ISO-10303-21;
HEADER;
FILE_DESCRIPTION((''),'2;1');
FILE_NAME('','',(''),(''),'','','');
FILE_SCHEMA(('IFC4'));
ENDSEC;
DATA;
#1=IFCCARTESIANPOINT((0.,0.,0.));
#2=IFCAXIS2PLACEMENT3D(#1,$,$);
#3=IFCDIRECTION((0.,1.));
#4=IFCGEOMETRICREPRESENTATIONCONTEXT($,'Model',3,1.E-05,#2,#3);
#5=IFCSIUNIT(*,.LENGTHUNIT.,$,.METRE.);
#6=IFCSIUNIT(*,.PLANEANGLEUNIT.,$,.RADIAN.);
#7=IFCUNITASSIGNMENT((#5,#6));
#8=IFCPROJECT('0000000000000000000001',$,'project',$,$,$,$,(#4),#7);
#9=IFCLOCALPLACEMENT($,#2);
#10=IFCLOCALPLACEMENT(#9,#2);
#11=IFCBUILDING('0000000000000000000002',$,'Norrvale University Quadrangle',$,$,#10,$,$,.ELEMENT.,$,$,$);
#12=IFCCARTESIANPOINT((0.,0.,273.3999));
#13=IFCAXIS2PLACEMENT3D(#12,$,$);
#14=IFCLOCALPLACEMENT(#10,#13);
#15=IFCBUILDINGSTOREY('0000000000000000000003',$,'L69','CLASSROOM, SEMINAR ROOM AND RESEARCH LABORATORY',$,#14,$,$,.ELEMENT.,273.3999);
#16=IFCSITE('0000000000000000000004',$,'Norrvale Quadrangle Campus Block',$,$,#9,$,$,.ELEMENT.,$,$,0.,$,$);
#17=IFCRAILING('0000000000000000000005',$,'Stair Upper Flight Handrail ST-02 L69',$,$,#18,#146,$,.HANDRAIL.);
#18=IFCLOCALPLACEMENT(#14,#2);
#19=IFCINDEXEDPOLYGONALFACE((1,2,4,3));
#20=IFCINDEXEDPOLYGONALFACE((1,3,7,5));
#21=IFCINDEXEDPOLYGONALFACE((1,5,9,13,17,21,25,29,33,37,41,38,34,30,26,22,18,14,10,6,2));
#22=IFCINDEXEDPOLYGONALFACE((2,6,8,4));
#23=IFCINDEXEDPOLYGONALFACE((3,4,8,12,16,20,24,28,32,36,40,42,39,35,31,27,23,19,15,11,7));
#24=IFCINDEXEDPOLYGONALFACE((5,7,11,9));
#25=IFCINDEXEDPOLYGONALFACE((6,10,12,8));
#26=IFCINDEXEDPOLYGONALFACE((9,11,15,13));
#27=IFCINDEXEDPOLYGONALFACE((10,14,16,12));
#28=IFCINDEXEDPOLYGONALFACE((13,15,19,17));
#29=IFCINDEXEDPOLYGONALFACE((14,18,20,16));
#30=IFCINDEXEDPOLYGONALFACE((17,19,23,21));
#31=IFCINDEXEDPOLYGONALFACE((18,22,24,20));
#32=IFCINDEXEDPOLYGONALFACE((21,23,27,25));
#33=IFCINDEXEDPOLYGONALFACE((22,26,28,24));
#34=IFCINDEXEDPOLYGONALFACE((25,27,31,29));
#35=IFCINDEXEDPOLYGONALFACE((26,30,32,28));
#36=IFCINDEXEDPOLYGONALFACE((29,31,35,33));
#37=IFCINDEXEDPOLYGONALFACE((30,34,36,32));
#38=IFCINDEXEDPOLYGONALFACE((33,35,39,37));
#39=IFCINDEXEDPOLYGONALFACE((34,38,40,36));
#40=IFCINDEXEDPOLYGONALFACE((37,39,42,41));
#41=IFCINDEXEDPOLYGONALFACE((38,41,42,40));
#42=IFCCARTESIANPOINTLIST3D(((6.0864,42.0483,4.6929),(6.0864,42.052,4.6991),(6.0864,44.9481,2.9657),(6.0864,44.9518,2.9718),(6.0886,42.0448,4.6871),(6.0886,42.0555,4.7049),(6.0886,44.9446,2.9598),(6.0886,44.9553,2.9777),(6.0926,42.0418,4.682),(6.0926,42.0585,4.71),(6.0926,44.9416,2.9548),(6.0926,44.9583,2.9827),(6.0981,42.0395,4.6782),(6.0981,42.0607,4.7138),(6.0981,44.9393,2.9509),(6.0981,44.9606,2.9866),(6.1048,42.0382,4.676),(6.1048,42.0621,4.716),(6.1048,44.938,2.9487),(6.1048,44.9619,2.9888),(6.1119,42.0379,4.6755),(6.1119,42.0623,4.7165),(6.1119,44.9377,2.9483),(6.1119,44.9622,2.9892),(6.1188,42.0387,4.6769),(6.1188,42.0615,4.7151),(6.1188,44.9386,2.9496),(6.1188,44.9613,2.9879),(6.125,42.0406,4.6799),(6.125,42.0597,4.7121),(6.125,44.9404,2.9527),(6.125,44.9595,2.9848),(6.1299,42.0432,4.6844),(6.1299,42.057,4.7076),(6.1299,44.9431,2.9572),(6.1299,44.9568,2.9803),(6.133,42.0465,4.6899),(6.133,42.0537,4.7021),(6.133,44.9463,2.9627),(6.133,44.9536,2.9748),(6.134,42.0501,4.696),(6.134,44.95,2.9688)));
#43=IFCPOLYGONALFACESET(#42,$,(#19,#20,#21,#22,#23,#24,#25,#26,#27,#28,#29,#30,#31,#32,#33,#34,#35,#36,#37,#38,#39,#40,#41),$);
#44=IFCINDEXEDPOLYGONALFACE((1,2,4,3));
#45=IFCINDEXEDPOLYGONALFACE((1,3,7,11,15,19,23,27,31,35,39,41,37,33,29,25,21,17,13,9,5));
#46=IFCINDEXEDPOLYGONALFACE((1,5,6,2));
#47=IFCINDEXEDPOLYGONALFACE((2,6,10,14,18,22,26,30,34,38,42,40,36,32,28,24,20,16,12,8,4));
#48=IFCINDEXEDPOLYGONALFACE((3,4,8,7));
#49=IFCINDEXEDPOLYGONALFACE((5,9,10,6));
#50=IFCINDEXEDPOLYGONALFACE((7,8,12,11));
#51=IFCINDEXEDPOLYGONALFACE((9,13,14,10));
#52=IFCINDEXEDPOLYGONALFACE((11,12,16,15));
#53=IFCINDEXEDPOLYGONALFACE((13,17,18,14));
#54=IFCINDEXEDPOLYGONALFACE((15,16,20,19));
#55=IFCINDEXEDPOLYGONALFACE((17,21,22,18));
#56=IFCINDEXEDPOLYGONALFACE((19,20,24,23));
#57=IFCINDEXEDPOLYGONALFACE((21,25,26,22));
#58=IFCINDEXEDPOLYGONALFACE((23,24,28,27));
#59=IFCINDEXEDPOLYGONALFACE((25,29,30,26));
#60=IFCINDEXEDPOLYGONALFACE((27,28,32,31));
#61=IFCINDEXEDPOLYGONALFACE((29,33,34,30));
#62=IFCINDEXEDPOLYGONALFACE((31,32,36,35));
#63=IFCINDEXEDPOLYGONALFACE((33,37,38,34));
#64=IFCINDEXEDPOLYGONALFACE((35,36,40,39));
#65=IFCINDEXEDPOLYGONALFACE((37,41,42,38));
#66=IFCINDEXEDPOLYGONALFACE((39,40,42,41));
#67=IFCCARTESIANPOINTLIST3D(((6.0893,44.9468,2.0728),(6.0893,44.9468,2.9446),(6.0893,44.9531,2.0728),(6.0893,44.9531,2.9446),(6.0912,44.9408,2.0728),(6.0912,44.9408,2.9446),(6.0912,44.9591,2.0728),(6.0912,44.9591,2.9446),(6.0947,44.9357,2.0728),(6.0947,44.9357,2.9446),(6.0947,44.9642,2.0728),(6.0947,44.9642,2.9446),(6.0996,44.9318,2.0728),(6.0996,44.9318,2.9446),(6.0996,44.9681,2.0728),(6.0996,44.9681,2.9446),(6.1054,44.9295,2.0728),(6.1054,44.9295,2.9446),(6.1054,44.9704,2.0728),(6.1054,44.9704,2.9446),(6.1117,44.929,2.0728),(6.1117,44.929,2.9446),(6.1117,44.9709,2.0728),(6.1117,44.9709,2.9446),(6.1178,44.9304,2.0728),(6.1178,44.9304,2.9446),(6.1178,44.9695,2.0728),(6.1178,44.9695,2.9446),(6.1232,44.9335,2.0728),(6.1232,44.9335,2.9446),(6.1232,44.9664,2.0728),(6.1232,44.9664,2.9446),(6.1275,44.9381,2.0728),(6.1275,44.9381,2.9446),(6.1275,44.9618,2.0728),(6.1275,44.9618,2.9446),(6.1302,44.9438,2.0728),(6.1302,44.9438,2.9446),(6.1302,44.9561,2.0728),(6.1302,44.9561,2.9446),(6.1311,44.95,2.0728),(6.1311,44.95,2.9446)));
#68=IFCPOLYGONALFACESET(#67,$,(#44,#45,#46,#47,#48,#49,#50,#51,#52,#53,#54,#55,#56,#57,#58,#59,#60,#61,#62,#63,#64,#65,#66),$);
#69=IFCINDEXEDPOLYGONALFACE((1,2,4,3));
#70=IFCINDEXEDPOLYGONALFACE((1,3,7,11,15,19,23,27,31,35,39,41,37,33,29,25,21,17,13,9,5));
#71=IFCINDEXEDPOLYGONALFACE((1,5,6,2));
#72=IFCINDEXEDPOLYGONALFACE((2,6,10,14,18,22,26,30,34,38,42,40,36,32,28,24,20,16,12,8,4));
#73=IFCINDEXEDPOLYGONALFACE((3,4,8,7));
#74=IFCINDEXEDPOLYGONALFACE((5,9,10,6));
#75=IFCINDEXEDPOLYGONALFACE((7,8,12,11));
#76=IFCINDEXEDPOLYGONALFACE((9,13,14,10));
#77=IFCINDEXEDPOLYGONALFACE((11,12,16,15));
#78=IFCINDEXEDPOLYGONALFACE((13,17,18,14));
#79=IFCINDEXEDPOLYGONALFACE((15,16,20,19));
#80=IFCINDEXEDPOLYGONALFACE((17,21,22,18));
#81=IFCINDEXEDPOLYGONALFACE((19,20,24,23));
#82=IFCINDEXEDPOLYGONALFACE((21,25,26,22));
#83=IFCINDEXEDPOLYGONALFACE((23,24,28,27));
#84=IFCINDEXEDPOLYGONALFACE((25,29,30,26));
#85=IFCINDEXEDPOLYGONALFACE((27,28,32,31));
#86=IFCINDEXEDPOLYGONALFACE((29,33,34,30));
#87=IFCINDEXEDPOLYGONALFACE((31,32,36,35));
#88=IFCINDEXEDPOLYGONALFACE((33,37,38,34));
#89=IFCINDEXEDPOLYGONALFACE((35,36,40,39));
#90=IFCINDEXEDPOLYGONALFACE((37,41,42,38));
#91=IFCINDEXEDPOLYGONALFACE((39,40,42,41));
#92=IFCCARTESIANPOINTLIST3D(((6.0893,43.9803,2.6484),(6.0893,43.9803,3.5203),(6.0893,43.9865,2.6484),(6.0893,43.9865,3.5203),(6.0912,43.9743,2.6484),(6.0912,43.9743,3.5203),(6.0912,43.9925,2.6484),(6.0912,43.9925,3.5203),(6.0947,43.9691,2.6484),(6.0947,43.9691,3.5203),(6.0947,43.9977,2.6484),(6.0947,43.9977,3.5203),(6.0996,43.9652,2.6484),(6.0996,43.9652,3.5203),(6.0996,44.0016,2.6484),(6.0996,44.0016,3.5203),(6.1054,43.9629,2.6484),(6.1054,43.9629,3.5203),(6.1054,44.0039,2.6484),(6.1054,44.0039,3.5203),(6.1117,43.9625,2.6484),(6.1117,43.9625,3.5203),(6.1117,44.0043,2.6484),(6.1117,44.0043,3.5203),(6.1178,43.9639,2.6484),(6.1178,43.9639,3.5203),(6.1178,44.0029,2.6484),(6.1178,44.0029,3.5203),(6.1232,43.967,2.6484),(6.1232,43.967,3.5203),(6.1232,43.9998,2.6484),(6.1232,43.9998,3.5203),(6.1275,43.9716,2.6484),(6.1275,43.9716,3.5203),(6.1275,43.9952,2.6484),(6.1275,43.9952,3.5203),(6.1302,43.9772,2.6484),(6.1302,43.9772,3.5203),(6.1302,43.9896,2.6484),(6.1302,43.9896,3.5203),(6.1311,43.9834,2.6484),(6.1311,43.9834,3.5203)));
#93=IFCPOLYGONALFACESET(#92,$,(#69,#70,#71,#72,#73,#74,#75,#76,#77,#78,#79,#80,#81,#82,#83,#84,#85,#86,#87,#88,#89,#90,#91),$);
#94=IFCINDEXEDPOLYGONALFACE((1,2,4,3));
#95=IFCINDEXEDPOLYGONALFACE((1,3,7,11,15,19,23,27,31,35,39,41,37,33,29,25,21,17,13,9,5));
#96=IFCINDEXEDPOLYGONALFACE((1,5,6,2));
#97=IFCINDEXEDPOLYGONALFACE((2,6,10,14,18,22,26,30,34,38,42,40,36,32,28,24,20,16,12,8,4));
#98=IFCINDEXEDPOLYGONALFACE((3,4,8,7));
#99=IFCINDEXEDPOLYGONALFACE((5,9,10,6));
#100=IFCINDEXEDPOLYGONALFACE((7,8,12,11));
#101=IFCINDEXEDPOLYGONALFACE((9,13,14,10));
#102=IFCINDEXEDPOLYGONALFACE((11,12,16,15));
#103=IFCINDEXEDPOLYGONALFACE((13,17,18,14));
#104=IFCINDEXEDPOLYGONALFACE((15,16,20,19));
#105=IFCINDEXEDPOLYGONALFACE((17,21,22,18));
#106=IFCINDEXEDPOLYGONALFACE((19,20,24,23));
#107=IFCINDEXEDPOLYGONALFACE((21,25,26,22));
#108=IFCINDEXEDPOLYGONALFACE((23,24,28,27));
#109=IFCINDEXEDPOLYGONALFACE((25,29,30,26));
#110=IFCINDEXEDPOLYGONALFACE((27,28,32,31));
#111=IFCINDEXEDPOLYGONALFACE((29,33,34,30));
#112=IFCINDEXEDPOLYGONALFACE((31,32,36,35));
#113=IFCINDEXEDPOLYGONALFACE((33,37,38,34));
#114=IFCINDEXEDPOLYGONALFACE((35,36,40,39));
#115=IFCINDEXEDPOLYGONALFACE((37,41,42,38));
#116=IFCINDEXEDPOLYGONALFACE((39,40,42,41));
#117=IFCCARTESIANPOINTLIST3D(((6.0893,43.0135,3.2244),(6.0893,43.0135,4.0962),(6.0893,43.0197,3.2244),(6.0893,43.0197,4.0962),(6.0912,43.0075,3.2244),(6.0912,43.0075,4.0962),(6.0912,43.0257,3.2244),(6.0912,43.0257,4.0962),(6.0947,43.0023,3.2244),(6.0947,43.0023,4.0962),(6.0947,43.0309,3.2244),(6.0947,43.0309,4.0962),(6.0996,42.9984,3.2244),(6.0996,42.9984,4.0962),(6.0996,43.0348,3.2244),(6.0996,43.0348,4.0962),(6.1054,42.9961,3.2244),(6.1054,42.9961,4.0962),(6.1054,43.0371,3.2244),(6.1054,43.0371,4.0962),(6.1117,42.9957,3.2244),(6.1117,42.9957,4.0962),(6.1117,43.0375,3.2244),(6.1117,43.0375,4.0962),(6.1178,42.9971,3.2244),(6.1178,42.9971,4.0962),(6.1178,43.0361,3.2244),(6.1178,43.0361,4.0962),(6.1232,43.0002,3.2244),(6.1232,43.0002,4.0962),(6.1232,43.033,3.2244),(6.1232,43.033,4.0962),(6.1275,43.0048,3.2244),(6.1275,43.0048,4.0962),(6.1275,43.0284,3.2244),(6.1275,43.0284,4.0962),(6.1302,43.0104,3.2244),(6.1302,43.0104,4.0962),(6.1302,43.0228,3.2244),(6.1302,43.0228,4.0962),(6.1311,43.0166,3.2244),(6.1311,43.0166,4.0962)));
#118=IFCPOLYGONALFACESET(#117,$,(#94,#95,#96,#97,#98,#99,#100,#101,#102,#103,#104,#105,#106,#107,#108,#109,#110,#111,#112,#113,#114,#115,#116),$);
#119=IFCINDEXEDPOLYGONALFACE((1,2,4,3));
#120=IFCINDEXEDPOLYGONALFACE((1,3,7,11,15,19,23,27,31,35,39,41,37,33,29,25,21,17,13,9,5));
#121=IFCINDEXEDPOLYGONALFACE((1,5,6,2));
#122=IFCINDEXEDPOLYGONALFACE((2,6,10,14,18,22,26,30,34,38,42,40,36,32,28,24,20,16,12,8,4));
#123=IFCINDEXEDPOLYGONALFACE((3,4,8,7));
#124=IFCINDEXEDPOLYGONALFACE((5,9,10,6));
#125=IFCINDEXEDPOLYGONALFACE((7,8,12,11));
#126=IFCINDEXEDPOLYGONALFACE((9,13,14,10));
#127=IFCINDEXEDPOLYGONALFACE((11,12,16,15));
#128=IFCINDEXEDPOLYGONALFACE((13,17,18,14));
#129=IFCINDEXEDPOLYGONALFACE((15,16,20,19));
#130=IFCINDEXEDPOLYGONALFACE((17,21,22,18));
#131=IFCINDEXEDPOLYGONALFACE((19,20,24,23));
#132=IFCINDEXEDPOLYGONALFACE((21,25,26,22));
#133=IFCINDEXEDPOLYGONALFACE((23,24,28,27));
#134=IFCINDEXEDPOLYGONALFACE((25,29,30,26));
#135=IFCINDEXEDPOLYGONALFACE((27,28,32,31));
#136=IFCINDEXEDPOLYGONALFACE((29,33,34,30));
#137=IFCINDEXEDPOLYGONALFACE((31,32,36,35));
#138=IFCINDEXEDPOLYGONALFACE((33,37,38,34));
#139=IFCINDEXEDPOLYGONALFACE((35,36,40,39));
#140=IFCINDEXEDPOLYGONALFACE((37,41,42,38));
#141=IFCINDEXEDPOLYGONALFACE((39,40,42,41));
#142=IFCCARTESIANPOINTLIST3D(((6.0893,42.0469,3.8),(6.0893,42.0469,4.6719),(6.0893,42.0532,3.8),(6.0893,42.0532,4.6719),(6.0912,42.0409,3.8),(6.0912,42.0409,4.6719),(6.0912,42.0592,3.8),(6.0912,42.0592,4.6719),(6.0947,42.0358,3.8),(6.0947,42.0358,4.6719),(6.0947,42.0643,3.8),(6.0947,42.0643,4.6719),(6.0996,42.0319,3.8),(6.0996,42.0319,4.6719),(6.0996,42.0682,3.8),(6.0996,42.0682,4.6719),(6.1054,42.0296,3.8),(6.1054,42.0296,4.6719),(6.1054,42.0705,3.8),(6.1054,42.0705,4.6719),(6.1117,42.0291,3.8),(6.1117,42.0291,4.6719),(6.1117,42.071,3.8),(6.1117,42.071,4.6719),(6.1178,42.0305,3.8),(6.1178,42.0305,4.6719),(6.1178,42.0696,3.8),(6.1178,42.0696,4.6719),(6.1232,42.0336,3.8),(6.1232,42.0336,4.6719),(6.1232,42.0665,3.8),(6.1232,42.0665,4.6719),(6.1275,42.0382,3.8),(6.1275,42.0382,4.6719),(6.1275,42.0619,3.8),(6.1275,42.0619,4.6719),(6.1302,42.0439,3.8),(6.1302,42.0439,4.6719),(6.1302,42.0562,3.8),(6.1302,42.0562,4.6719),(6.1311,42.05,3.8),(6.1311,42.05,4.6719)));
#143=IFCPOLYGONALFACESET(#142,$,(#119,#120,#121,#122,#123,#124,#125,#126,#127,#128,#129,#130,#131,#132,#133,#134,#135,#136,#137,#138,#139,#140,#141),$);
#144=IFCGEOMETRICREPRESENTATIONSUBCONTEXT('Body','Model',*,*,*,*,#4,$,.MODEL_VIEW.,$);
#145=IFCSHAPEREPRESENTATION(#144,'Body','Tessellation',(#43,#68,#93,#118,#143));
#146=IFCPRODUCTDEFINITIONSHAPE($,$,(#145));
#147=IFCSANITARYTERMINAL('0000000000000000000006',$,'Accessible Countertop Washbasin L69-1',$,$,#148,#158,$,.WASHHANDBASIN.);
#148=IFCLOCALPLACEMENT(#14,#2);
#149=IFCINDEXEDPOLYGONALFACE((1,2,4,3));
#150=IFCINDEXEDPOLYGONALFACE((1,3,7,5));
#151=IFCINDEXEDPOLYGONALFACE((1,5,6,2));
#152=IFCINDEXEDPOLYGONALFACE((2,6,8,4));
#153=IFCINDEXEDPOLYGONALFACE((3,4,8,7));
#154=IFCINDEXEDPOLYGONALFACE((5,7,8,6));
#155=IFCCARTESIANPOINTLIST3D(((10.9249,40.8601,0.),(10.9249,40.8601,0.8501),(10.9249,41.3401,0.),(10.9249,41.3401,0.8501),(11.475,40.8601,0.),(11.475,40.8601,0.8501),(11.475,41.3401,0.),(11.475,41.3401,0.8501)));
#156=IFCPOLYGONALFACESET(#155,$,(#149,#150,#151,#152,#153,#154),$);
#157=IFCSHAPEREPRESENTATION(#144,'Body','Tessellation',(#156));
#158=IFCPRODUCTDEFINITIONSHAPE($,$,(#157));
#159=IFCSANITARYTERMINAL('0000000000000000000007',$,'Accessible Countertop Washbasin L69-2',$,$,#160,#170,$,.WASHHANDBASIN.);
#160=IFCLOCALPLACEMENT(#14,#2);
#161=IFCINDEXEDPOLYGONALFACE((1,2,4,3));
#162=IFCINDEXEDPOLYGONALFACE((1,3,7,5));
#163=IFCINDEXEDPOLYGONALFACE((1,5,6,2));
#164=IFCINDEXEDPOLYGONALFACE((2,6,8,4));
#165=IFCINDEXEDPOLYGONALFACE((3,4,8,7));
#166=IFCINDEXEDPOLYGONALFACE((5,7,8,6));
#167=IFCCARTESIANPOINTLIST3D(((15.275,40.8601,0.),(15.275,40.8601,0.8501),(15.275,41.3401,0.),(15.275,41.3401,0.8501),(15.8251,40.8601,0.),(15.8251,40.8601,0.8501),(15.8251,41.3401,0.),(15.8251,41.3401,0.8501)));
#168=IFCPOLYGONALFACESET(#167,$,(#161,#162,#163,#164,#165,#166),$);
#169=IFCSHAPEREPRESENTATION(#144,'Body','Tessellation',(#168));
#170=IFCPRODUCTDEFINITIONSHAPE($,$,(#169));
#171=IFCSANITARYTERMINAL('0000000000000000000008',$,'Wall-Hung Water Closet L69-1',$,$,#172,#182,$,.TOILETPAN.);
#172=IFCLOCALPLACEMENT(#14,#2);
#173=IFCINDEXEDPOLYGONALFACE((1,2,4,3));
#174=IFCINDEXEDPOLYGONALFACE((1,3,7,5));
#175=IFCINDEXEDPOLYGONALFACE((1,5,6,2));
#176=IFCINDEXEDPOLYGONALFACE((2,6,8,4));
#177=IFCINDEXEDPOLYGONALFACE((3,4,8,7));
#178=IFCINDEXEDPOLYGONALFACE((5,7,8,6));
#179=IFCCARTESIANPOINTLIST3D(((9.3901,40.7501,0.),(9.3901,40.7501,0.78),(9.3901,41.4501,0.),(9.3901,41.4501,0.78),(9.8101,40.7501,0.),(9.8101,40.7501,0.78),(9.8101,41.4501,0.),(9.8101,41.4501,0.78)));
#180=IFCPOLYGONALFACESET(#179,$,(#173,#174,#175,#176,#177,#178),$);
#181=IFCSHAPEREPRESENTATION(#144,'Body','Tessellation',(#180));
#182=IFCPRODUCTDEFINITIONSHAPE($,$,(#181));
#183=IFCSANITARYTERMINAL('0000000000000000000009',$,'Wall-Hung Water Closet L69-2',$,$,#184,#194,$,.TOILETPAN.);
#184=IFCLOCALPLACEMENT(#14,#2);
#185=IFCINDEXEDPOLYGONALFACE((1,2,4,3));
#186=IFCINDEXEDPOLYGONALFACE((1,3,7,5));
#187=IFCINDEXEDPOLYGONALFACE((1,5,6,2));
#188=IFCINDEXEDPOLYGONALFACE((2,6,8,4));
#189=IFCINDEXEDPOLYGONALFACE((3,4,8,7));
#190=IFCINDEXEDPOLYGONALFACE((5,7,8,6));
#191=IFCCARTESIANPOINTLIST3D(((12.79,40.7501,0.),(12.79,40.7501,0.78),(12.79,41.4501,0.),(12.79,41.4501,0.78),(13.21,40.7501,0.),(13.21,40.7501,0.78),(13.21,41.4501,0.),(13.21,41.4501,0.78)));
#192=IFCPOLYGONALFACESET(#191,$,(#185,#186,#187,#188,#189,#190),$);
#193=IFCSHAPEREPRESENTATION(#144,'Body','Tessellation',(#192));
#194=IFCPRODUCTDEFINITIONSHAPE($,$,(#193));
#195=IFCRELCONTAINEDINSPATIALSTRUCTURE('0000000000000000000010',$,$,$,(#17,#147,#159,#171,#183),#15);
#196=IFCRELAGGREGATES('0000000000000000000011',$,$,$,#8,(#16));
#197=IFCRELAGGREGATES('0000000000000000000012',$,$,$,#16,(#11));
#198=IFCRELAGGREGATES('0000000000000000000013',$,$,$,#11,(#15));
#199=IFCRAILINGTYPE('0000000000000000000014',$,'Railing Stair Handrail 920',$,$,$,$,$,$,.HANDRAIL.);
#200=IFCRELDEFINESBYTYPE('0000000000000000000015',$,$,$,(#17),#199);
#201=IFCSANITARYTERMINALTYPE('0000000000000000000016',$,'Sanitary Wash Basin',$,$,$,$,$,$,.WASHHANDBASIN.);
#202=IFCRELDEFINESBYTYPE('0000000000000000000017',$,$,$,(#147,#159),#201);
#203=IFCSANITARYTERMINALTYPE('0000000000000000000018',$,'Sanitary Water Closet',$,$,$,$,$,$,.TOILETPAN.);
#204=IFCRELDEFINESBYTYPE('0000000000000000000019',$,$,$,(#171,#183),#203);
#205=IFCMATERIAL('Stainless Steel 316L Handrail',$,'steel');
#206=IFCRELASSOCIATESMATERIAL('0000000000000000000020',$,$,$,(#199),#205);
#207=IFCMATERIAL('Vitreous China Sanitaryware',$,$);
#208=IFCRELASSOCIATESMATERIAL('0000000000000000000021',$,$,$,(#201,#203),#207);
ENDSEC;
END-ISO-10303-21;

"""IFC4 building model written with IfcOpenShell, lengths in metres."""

from ifc_helpers import new_model, si_unit, direction, frame, origin, origin_2d, place, context, subcontext, project, spatial, rectangle, circle, extrude, material, type_object, element, save


model = new_model("IFC4")

# Units and contexts
model_context = context("Model", 3, precision=1e-05, world=origin(), true_north=direction((0.0, 1.0)))
body_context = subcontext(model_context, "Body", "Model", "MODEL_VIEW")
ifc_project = project(units=[si_unit("LENGTHUNIT", "METRE"), si_unit("PLANEANGLEUNIT", "RADIAN")], contexts=[model_context])

# Site, building, storey
site_placement = place(None, origin())
site = spatial("IfcSite", under=ifc_project, at=site_placement, Name="Norrvale Quadrangle Campus Block", CompositionType="ELEMENT", RefElevation=0.0)
building_placement = place(site_placement, origin())
building = spatial("IfcBuilding", under=site, at=building_placement, Name="Norrvale University Quadrangle", CompositionType="ELEMENT")
storey_placement = place(building_placement, frame((0.0, 0.0, 273.3999)))
storey = spatial("IfcBuildingStorey", under=building, at=storey_placement, Name="L69", Description="CLASSROOM, SEMINAR ROOM AND RESEARCH LABORATORY", CompositionType="ELEMENT", Elevation=273.3999)

# Railing
ifc_material_1 = material(Name="Stainless Steel 316L Handrail", Category="steel")
railing_type_1 = type_object("IfcRailingType", Name="Railing Stair Handrail 920", PredefinedType="HANDRAIL", material=ifc_material_1)
railing_1_placement = place(storey_placement, frame((6.1101, 44.95, 2.0728)))
element("IfcRailing", 1, at=railing_1_placement, inside=storey, type_object=railing_type_1, Name="Stair Upper Flight Handrail ST-02 L69", PredefinedType="HANDRAIL", context=body_context, shape_type="SweptSolid", body=[
    extrude(circle(Radius=0.0239, at=origin_2d()), frame((0.0, 0.0, 0.896), z_axis=(0.0, -0.859141, 0.511738), x_axis=(1.0, 0.0, 0.0)), (0.0, 0.0, 1.0), 3.3752),
    extrude(circle(Radius=0.021, at=origin_2d()), origin(), (0.0, 0.0, 1.0), 0.8718),
    extrude(circle(Radius=0.021, at=origin_2d()), frame((0.0, -0.9666, 0.5757)), (0.0, 0.0, 1.0), 0.8718),
    extrude(circle(Radius=0.021, at=origin_2d()), frame((0.0, -1.9333, 1.1516)), (0.0, 0.0, 1.0), 0.8718),
    extrude(circle(Radius=0.021, at=origin_2d()), frame((0.0, -2.8999, 1.7273)), (0.0, 0.0, 1.0), 0.8718),
])

# Sanitary terminals
ifc_material_2 = material(Name="Vitreous China Sanitaryware")
sanitary_terminal_type_1 = type_object("IfcSanitaryTerminalType", Name="Sanitary Wash Basin", PredefinedType="WASHHANDBASIN", material=ifc_material_2)
for number, where, z_axis, x_axis, name in (
    (2, (11.2, 41.1001, 0.0), (0.0, 0.0, 1.0), (1.0, 0.0, 0.0), "Accessible Countertop Washbasin L69-1"),
    (3, (15.55, 41.1001, 0.0), (0.0, 0.0, 1.0), (1.0, 0.0, 0.0), "Accessible Countertop Washbasin L69-2"),
):
    element("IfcSanitaryTerminal", number, at=place(storey_placement, frame(where, z_axis=z_axis, x_axis=x_axis)), inside=storey, type_object=sanitary_terminal_type_1, Name=name, PredefinedType="WASHHANDBASIN", context=body_context, shape_type="SweptSolid", body=[
        extrude(rectangle(XDim=0.55, YDim=0.48, at=origin_2d()), origin(), (0.0, 0.0, 1.0), 0.8501),
    ])
sanitary_terminal_type_2 = type_object("IfcSanitaryTerminalType", Name="Sanitary Water Closet", PredefinedType="TOILETPAN", material=ifc_material_2)
for number, where, z_axis, x_axis, name in (
    (4, (9.6001, 41.1001, 0.0), (0.0, 0.0, 1.0), (1.0, 0.0, 0.0), "Wall-Hung Water Closet L69-1"),
    (5, (13.0, 41.1001, 0.0), (0.0, 0.0, 1.0), (1.0, 0.0, 0.0), "Wall-Hung Water Closet L69-2"),
):
    element("IfcSanitaryTerminal", number, at=place(storey_placement, frame(where, z_axis=z_axis, x_axis=x_axis)), inside=storey, type_object=sanitary_terminal_type_2, Name=name, PredefinedType="TOILETPAN", context=body_context, shape_type="SweptSolid", body=[
        extrude(rectangle(XDim=0.4199, YDim=0.7, at=origin_2d()), origin(), (0.0, 0.0, 1.0), 0.78),
    ])

save(model, "model.ifc")
